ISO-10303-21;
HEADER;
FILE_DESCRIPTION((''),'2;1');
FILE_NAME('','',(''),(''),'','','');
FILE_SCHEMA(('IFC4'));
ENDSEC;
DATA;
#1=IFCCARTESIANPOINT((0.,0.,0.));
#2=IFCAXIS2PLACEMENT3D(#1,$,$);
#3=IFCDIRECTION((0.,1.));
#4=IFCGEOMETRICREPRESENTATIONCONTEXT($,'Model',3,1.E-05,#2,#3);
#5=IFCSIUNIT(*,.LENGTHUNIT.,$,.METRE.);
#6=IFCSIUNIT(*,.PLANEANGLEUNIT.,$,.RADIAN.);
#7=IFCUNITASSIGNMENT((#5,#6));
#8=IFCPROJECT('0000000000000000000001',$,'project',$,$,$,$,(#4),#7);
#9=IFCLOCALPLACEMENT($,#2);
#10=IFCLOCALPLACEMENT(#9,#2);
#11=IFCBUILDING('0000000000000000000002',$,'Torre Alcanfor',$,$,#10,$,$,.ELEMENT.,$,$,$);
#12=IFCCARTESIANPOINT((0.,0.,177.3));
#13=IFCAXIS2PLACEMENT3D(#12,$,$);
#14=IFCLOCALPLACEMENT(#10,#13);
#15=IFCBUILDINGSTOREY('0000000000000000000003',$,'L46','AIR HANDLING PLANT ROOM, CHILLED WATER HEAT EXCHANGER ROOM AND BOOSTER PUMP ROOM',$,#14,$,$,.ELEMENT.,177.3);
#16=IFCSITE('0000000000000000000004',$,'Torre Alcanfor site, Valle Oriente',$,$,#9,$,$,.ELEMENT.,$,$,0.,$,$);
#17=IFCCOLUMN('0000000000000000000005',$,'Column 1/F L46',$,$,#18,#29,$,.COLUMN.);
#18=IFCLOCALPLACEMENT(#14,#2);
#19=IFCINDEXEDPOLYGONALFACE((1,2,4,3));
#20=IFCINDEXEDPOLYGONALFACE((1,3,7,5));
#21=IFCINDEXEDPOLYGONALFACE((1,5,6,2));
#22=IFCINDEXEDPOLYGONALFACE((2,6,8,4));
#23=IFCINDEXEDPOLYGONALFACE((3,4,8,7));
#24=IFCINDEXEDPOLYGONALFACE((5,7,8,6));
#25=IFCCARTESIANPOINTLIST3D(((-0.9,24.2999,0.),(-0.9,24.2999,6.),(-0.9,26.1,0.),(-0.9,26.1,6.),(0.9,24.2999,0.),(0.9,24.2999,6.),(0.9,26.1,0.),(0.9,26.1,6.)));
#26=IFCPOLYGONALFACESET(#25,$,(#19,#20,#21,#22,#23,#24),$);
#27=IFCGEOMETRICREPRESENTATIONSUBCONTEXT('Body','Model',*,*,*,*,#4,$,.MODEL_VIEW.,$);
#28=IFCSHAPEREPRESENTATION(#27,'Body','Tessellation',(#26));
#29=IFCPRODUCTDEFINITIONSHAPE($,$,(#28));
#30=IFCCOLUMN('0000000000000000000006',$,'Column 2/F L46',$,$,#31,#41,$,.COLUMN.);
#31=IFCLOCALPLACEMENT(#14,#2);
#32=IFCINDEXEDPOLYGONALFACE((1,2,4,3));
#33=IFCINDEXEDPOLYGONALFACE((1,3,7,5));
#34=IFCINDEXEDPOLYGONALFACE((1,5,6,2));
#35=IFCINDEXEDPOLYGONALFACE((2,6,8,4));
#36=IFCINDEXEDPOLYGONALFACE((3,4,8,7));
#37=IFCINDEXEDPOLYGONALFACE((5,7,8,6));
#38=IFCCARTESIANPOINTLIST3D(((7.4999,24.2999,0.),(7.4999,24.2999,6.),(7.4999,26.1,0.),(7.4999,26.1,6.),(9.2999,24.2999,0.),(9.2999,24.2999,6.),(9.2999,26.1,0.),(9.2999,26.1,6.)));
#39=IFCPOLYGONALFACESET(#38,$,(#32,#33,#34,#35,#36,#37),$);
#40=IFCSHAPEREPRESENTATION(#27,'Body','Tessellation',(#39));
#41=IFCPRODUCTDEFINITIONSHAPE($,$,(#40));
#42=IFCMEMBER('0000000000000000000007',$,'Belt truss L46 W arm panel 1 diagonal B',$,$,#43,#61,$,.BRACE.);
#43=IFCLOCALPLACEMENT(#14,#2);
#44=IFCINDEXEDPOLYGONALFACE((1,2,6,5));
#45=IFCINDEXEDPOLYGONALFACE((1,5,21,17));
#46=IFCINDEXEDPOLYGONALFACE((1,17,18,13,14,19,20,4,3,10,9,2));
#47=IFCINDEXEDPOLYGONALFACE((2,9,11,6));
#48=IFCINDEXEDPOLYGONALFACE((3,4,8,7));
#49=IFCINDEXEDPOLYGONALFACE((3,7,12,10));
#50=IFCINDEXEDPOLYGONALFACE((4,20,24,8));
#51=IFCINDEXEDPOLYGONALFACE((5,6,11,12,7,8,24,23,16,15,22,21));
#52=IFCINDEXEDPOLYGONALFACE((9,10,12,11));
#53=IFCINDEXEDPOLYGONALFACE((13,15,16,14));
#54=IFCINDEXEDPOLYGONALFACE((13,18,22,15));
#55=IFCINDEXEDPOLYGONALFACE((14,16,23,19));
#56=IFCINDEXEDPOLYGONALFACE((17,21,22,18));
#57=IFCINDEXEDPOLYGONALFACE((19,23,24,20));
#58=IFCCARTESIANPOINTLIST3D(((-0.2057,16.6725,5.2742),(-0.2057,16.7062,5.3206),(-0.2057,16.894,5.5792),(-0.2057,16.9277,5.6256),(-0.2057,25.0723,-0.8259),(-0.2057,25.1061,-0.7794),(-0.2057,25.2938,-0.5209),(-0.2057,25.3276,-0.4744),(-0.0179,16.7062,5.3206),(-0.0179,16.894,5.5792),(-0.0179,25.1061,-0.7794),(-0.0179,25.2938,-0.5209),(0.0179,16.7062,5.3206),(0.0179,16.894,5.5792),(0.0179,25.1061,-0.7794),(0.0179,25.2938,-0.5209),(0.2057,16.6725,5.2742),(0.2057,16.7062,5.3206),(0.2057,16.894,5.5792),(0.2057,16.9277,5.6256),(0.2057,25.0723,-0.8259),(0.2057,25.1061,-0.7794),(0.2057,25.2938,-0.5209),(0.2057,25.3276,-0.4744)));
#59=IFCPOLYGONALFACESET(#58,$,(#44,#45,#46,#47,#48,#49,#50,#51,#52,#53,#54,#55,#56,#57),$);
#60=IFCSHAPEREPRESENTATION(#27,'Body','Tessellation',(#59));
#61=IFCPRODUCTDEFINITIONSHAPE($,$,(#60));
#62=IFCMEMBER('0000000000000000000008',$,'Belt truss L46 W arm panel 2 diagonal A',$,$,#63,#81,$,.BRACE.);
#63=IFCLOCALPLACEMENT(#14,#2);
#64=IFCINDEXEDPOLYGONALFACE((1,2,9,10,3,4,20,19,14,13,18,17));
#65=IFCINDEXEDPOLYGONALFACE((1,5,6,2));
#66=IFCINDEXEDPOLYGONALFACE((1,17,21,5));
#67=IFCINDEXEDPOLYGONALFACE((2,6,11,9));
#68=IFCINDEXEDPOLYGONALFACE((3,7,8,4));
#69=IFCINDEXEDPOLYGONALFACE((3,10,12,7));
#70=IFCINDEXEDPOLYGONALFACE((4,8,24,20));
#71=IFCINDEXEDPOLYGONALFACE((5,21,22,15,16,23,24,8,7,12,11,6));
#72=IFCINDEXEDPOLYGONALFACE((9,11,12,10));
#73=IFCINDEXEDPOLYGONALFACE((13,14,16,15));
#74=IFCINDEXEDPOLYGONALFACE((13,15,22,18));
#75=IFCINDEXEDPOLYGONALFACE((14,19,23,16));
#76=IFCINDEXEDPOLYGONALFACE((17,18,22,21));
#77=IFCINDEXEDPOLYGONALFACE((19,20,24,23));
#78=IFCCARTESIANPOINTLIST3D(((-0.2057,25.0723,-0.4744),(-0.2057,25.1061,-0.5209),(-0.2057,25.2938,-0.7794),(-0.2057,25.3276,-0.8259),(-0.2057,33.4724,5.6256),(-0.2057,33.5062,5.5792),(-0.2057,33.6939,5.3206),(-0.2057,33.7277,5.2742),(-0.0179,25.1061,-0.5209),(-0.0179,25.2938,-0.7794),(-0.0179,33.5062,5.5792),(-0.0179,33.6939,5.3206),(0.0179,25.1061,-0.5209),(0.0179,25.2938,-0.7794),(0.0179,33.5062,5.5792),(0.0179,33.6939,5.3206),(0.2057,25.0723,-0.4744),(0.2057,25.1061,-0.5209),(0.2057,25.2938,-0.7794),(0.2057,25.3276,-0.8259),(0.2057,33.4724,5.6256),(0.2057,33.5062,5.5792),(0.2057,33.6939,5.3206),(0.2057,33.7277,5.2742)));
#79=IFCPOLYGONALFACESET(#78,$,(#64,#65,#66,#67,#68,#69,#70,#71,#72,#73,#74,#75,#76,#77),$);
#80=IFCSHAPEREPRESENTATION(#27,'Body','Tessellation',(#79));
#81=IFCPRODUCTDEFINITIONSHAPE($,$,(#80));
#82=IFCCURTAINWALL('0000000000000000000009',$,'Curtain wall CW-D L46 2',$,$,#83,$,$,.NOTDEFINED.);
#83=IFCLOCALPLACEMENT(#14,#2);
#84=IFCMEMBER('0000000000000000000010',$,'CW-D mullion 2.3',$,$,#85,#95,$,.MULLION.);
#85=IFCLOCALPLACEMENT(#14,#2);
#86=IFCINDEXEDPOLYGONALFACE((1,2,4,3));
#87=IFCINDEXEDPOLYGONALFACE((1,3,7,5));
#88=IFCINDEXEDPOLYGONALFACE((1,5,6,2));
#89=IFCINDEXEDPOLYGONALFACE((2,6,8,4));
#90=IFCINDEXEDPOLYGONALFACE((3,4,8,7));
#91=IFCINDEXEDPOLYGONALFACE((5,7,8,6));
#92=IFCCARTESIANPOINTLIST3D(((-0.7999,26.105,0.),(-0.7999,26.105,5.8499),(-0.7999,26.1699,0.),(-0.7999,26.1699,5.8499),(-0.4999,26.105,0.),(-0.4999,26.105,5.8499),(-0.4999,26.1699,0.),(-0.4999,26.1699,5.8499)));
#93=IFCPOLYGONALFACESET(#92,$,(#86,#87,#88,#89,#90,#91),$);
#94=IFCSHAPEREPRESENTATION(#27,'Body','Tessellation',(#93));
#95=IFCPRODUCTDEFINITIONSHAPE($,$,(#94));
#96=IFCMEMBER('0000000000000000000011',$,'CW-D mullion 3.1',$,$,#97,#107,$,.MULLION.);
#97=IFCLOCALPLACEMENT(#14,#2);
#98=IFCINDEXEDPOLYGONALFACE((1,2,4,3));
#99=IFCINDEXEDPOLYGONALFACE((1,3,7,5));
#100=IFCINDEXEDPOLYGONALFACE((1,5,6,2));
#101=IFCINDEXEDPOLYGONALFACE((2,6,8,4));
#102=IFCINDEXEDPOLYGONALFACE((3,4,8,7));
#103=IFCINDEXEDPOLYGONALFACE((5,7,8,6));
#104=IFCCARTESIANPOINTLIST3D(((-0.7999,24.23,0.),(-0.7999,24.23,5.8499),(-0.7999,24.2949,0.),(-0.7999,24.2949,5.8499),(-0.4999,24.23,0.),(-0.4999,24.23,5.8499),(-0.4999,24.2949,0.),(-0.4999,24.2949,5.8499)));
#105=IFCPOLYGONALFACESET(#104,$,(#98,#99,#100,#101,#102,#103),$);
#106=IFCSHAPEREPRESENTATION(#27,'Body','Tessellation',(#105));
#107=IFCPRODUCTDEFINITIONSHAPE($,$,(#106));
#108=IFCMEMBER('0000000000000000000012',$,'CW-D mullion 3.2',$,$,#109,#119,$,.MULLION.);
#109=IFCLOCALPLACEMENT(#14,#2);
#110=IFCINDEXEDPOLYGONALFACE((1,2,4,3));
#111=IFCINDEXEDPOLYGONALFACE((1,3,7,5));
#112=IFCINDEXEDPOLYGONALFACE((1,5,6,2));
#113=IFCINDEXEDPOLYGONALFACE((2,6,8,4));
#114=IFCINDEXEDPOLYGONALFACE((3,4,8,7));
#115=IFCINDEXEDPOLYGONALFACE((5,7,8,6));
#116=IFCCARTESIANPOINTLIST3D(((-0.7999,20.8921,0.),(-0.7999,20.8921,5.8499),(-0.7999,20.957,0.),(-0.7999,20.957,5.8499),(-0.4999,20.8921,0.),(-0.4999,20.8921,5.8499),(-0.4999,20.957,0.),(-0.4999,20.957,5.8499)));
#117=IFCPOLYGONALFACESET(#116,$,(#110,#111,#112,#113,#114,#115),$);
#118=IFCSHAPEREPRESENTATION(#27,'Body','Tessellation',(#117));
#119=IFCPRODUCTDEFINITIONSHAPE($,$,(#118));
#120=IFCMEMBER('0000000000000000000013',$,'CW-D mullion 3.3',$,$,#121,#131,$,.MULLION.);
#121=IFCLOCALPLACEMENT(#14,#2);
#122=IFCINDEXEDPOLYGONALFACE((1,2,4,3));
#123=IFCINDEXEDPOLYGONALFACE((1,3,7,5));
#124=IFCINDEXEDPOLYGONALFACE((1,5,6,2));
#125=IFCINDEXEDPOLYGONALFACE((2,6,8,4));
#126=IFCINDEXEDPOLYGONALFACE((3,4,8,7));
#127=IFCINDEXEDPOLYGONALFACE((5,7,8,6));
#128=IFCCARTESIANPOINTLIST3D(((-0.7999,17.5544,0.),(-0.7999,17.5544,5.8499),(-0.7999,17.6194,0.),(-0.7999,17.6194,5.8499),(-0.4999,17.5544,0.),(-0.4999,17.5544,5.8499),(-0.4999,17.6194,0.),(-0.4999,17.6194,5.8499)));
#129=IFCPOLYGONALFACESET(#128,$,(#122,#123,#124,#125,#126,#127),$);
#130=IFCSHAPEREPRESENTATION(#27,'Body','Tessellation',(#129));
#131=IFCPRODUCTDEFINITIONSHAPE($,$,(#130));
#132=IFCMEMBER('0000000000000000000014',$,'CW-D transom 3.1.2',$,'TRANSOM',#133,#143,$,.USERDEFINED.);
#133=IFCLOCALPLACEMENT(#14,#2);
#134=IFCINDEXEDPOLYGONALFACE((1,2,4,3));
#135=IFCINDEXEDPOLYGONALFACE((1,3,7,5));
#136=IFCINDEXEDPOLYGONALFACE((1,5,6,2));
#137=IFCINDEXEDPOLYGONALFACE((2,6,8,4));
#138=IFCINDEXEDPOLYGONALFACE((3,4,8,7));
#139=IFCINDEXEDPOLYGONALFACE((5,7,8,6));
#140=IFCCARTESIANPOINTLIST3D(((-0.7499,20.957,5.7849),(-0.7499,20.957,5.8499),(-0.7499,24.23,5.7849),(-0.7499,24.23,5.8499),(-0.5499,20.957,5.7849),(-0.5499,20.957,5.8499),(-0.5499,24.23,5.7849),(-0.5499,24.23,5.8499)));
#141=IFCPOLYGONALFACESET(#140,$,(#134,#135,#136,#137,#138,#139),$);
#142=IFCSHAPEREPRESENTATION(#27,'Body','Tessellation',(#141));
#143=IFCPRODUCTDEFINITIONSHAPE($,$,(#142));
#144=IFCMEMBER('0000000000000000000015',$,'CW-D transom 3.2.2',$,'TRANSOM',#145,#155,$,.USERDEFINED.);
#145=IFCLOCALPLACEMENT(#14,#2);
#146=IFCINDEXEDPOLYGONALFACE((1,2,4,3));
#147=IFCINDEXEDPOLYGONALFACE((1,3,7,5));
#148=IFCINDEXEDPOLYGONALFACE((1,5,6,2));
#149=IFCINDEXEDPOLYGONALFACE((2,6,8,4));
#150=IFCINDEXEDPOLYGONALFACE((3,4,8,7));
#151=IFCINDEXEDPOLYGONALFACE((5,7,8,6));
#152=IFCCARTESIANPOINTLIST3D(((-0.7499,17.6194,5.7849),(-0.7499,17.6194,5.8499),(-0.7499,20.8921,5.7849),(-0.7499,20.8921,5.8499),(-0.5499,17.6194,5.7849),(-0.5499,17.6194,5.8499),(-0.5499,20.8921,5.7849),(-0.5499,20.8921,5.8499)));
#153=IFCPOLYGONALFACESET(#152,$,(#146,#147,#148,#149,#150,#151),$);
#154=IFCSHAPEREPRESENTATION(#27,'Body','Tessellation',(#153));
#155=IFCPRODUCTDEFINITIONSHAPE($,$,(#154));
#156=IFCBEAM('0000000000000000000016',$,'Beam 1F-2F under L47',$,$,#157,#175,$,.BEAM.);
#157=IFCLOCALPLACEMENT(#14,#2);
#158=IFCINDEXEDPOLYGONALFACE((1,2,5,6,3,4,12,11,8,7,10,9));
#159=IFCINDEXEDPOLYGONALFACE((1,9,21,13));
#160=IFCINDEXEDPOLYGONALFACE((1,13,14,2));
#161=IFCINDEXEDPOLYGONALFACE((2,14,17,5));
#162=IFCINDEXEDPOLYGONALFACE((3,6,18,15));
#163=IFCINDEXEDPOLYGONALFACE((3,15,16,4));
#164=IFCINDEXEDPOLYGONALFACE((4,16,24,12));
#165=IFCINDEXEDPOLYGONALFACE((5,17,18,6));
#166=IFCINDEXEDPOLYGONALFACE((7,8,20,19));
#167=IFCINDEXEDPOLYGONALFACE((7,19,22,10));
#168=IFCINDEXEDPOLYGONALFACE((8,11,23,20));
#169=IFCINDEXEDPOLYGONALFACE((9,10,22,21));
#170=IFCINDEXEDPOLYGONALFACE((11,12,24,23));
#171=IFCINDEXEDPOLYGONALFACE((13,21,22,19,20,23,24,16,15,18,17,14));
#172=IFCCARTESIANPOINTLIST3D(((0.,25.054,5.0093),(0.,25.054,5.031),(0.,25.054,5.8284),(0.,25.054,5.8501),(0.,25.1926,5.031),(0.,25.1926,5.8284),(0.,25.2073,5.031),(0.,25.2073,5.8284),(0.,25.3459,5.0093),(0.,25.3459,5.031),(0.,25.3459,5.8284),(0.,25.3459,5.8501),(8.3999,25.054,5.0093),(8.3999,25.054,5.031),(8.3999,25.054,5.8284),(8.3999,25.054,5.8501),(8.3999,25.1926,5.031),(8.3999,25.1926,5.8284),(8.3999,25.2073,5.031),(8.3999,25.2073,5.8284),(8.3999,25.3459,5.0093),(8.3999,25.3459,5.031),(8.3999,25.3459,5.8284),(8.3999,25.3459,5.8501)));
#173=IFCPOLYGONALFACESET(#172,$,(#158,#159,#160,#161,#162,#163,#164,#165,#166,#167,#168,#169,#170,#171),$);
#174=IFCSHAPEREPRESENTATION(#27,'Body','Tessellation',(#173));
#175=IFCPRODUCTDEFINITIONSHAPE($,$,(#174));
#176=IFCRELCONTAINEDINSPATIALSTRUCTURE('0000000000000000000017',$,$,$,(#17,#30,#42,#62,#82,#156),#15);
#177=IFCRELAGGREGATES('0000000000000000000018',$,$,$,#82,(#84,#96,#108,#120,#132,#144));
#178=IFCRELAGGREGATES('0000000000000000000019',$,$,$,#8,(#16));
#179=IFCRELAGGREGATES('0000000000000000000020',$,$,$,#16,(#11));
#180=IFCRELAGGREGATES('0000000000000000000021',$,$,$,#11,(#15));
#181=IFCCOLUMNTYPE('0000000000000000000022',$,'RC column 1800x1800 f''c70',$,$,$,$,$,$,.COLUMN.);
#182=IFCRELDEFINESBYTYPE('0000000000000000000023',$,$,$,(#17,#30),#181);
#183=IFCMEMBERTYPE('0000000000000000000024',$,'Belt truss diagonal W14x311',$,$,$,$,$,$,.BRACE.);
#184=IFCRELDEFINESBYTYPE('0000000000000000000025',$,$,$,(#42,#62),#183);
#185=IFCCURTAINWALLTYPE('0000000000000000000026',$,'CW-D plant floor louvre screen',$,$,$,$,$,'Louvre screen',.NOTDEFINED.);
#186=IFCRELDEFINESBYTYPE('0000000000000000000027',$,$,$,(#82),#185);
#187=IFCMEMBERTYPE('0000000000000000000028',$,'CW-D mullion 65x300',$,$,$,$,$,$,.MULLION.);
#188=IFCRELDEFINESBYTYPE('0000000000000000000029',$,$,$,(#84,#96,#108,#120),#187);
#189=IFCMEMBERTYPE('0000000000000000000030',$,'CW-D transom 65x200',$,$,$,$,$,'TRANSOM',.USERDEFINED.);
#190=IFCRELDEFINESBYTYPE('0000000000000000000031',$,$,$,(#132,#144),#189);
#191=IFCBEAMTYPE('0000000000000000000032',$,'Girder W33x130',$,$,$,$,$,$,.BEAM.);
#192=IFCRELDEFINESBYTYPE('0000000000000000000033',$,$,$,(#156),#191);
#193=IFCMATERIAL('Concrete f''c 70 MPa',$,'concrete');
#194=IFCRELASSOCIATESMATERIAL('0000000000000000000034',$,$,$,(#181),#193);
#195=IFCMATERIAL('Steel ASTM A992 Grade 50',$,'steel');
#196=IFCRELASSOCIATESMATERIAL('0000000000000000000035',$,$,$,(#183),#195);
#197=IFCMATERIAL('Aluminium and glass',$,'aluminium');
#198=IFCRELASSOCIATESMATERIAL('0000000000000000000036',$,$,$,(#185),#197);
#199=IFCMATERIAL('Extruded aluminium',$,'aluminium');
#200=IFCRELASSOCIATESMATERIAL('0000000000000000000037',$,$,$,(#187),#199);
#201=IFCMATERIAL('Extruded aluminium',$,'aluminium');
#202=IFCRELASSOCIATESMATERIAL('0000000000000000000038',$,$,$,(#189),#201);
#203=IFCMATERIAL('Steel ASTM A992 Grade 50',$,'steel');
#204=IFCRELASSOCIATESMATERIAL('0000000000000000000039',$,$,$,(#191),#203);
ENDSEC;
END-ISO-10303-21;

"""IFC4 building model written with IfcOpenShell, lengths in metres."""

from ifc_helpers import new_model, si_unit, direction, frame, origin, origin_2d, place, context, subcontext, project, spatial, rectangle, i_section, extrude, material, material_profile, profile_set, type_object, element, aggregate, save


model = new_model("IFC4")

# Units and contexts
model_context = context("Model", 3, precision=1e-05, world=origin(), true_north=direction((0.0, 1.0)))
body_context = subcontext(model_context, "Body", "Model", "MODEL_VIEW")
ifc_project = project(units=[si_unit("LENGTHUNIT", "METRE"), si_unit("PLANEANGLEUNIT", "RADIAN")], contexts=[model_context])

# Site, building, storey
site_placement = place(None, origin())
site = spatial("IfcSite", under=ifc_project, at=site_placement, Name="Torre Alcanfor site, Valle Oriente", CompositionType="ELEMENT", RefElevation=0.0)
building_placement = place(site_placement, origin())
building = spatial("IfcBuilding", under=site, at=building_placement, Name="Torre Alcanfor", CompositionType="ELEMENT")
storey_placement = place(building_placement, frame((0.0, 0.0, 177.3)))
storey = spatial("IfcBuildingStorey", under=building, at=storey_placement, Name="L46", Description="AIR HANDLING PLANT ROOM, CHILLED WATER HEAT EXCHANGER ROOM AND BOOSTER PUMP ROOM", CompositionType="ELEMENT", Elevation=177.3)

# Columns
ifc_material_1 = material(Name="Concrete f'c 70 MPa", Category="concrete")
ifc_material_profile_1 = material_profile(ifc_material_1, rectangle(XDim=1.8, YDim=1.8, at=origin_2d()), Name="1800x1800")
ifc_profile_set_1 = profile_set([ifc_material_profile_1], Name="Concrete f'c 70 MPa")
column_type = type_object("IfcColumnType", Name="RC column 1800x1800 f'c70", PredefinedType="COLUMN", material=ifc_profile_set_1)
for number, where, z_axis, x_axis, name in (
    (1, (0.0, 25.2, 0.0), (0.0, 0.0, 1.0), (1.0, 0.0, 0.0), "Column 1/F L46"),
    (2, (8.3999, 25.2, 0.0), (0.0, 0.0, 1.0), (1.0, 0.0, 0.0), "Column 2/F L46"),
):
    element("IfcColumn", number, at=place(storey_placement, frame(where, z_axis=z_axis, x_axis=x_axis)), inside=storey, type_object=column_type, Name=name, PredefinedType="COLUMN", context=body_context, shape_type="SweptSolid", body=[
        extrude(rectangle(XDim=1.8, YDim=1.8, at=origin_2d()), origin(), (0.0, 0.0, 1.0), 6.0),
    ])

# Members
ifc_material_2 = material(Name="Steel ASTM A992 Grade 50", Category="steel")
ifc_material_profile_2 = material_profile(ifc_material_2, i_section(OverallWidth=0.4114, OverallDepth=0.4343, WebThickness=0.0359, FlangeThickness=0.0574, at=origin_2d()), Name="W14x311")
ifc_profile_set_2 = profile_set([ifc_material_profile_2], Name="Steel ASTM A992 Grade 50")
member_type_1 = type_object("IfcMemberType", Name="Belt truss diagonal W14x311", PredefinedType="BRACE", material=ifc_profile_set_2)
member_1_placement = place(storey_placement, frame((0.0, 25.2, -0.6501), z_axis=(0.0, -0.809145, 0.587609), x_axis=(1.0, 0.0, 0.0)))
element("IfcMember", 3, at=member_1_placement, inside=storey, type_object=member_type_1, Name="Belt truss L46 W arm panel 1 diagonal B", PredefinedType="BRACE", context=body_context, shape_type="SweptSolid", body=[
    extrude(i_section(OverallWidth=0.4114, OverallDepth=0.4343, WebThickness=0.0359, FlangeThickness=0.0574, at=origin_2d()), origin(), (0.0, 0.0, 1.0), 10.3811),
])
member_2_placement = place(storey_placement, frame((0.0, 25.2, -0.6501), z_axis=(0.0, 0.809153, 0.587598), x_axis=(-1.0, 0.0, 0.0)))
element("IfcMember", 4, at=member_2_placement, inside=storey, type_object=member_type_1, Name="Belt truss L46 W arm panel 2 diagonal A", PredefinedType="BRACE", context=body_context, shape_type="SweptSolid", body=[
    extrude(i_section(OverallWidth=0.4114, OverallDepth=0.4343, WebThickness=0.0359, FlangeThickness=0.0574, at=origin_2d()), origin(), (0.0, 0.0, 1.0), 10.3813),
])

# Curtain wall, members
ifc_material_3 = material(Name="Aluminium and glass", Category="aluminium")
curtain_wall_type = type_object("IfcCurtainWallType", Name="CW-D plant floor louvre screen", ElementType="Louvre screen", PredefinedType="NOTDEFINED", material=ifc_material_3)
curtain_wall_placement = place(storey_placement, origin())
curtain_wall = element("IfcCurtainWall", 5, at=curtain_wall_placement, inside=storey, type_object=curtain_wall_type, Name="Curtain wall CW-D L46 2", PredefinedType="NOTDEFINED")
ifc_material_4 = material(Name="Extruded aluminium", Category="aluminium")
ifc_material_profile_3 = material_profile(ifc_material_4, rectangle(XDim=0.3, YDim=0.0649, at=origin_2d()), Name="CW-D mullion 65x300")
ifc_profile_set_3 = profile_set([ifc_material_profile_3], Name="Extruded aluminium")
member_type_2 = type_object("IfcMemberType", Name="CW-D mullion 65x300", PredefinedType="MULLION", material=ifc_profile_set_3)
member_3_placement = place(storey_placement, frame((-0.6499, 26.1375, 0.0), z_axis=(0.0, 0.0, 1.0), x_axis=(1.0, 0.0, 0.0)))
member_3 = element("IfcMember", 6, at=member_3_placement, type_object=member_type_2, Name="CW-D mullion 2.3", PredefinedType="MULLION", context=body_context, shape_type="SweptSolid", body=[
    extrude(rectangle(XDim=0.3, YDim=0.0649, at=origin_2d()), origin(), (0.0, 0.0, 1.0), 5.8499),
])
member_4_placement = place(storey_placement, frame((-0.6499, 24.2625, 0.0), z_axis=(0.0, 0.0, 1.0), x_axis=(1.0, 0.0, 0.0)))
member_4 = element("IfcMember", 7, at=member_4_placement, type_object=member_type_2, Name="CW-D mullion 3.1", PredefinedType="MULLION", context=body_context, shape_type="SweptSolid", body=[
    extrude(rectangle(XDim=0.3, YDim=0.0649, at=origin_2d()), origin(), (0.0, 0.0, 1.0), 5.8499),
])
member_5_placement = place(storey_placement, frame((-0.6499, 20.9246, 0.0), z_axis=(0.0, 0.0, 1.0), x_axis=(1.0, 0.0, 0.0)))
member_5 = element("IfcMember", 8, at=member_5_placement, type_object=member_type_2, Name="CW-D mullion 3.2", PredefinedType="MULLION", context=body_context, shape_type="SweptSolid", body=[
    extrude(rectangle(XDim=0.3, YDim=0.0649, at=origin_2d()), origin(), (0.0, 0.0, 1.0), 5.8499),
])
member_6_placement = place(storey_placement, frame((-0.6499, 17.5869, 0.0), z_axis=(0.0, 0.0, 1.0), x_axis=(1.0, 0.0, 0.0)))
member_6 = element("IfcMember", 9, at=member_6_placement, type_object=member_type_2, Name="CW-D mullion 3.3", PredefinedType="MULLION", context=body_context, shape_type="SweptSolid", body=[
    extrude(rectangle(XDim=0.3, YDim=0.0649, at=origin_2d()), origin(), (0.0, 0.0, 1.0), 5.8499),
])
ifc_material_5 = material(Name="Extruded aluminium", Category="aluminium")
ifc_material_profile_4 = material_profile(ifc_material_5, rectangle(XDim=0.2, YDim=0.0649, at=origin_2d()), Name="CW-D transom 200x65")
ifc_profile_set_4 = profile_set([ifc_material_profile_4], Name="Extruded aluminium")
member_type_3 = type_object("IfcMemberType", Name="CW-D transom 65x200", ElementType="TRANSOM", PredefinedType="USERDEFINED", material=ifc_profile_set_4)
member_7_placement = place(storey_placement, frame((-0.6499, 24.23, 5.8174), z_axis=(0.0, -1.0, 0.0), x_axis=(1.0, 0.0, 0.0)))
member_7 = element("IfcMember", 10, at=member_7_placement, type_object=member_type_3, Name="CW-D transom 3.1.2", ObjectType="TRANSOM", PredefinedType="USERDEFINED", context=body_context, shape_type="SweptSolid", body=[
    extrude(rectangle(XDim=0.2, YDim=0.0649, at=origin_2d()), origin(), (0.0, 0.0, 1.0), 3.2729),
])
member_8_placement = place(storey_placement, frame((-0.6499, 20.8921, 5.8174), z_axis=(0.0, -1.0, 0.0), x_axis=(1.0, 0.0, 0.0)))
member_8 = element("IfcMember", 11, at=member_8_placement, type_object=member_type_3, Name="CW-D transom 3.2.2", ObjectType="TRANSOM", PredefinedType="USERDEFINED", context=body_context, shape_type="SweptSolid", body=[
    extrude(rectangle(XDim=0.2, YDim=0.0649, at=origin_2d()), origin(), (0.0, 0.0, 1.0), 3.2727),
])

# Beam
ifc_material_6 = material(Name="Steel ASTM A992 Grade 50", Category="steel")
ifc_material_profile_5 = material_profile(ifc_material_6, i_section(OverallWidth=0.292, OverallDepth=0.8408, WebThickness=0.0146, FlangeThickness=0.0217, at=origin_2d()), Name="W33x130")
ifc_profile_set_5 = profile_set([ifc_material_profile_5], Name="Steel ASTM A992 Grade 50")
beam_type_1 = type_object("IfcBeamType", Name="Girder W33x130", PredefinedType="BEAM", material=ifc_profile_set_5)
beam_1_placement = place(storey_placement, frame((0.0, 25.2, 5.4297), z_axis=(1.0, 0.0, 0.0), x_axis=(0.0, 1.0, 0.0)))
element("IfcBeam", 12, at=beam_1_placement, inside=storey, type_object=beam_type_1, Name="Beam 1F-2F under L47", PredefinedType="BEAM", context=body_context, shape_type="SweptSolid", body=[
    extrude(i_section(OverallWidth=0.292, OverallDepth=0.8408, WebThickness=0.0146, FlangeThickness=0.0217, at=origin_2d()), origin(), (0.0, 0.0, 1.0), 8.3999),
])

aggregate(curtain_wall, [member_3, member_4, member_5, member_6, member_7, member_8])

save(model, "model.ifc")
